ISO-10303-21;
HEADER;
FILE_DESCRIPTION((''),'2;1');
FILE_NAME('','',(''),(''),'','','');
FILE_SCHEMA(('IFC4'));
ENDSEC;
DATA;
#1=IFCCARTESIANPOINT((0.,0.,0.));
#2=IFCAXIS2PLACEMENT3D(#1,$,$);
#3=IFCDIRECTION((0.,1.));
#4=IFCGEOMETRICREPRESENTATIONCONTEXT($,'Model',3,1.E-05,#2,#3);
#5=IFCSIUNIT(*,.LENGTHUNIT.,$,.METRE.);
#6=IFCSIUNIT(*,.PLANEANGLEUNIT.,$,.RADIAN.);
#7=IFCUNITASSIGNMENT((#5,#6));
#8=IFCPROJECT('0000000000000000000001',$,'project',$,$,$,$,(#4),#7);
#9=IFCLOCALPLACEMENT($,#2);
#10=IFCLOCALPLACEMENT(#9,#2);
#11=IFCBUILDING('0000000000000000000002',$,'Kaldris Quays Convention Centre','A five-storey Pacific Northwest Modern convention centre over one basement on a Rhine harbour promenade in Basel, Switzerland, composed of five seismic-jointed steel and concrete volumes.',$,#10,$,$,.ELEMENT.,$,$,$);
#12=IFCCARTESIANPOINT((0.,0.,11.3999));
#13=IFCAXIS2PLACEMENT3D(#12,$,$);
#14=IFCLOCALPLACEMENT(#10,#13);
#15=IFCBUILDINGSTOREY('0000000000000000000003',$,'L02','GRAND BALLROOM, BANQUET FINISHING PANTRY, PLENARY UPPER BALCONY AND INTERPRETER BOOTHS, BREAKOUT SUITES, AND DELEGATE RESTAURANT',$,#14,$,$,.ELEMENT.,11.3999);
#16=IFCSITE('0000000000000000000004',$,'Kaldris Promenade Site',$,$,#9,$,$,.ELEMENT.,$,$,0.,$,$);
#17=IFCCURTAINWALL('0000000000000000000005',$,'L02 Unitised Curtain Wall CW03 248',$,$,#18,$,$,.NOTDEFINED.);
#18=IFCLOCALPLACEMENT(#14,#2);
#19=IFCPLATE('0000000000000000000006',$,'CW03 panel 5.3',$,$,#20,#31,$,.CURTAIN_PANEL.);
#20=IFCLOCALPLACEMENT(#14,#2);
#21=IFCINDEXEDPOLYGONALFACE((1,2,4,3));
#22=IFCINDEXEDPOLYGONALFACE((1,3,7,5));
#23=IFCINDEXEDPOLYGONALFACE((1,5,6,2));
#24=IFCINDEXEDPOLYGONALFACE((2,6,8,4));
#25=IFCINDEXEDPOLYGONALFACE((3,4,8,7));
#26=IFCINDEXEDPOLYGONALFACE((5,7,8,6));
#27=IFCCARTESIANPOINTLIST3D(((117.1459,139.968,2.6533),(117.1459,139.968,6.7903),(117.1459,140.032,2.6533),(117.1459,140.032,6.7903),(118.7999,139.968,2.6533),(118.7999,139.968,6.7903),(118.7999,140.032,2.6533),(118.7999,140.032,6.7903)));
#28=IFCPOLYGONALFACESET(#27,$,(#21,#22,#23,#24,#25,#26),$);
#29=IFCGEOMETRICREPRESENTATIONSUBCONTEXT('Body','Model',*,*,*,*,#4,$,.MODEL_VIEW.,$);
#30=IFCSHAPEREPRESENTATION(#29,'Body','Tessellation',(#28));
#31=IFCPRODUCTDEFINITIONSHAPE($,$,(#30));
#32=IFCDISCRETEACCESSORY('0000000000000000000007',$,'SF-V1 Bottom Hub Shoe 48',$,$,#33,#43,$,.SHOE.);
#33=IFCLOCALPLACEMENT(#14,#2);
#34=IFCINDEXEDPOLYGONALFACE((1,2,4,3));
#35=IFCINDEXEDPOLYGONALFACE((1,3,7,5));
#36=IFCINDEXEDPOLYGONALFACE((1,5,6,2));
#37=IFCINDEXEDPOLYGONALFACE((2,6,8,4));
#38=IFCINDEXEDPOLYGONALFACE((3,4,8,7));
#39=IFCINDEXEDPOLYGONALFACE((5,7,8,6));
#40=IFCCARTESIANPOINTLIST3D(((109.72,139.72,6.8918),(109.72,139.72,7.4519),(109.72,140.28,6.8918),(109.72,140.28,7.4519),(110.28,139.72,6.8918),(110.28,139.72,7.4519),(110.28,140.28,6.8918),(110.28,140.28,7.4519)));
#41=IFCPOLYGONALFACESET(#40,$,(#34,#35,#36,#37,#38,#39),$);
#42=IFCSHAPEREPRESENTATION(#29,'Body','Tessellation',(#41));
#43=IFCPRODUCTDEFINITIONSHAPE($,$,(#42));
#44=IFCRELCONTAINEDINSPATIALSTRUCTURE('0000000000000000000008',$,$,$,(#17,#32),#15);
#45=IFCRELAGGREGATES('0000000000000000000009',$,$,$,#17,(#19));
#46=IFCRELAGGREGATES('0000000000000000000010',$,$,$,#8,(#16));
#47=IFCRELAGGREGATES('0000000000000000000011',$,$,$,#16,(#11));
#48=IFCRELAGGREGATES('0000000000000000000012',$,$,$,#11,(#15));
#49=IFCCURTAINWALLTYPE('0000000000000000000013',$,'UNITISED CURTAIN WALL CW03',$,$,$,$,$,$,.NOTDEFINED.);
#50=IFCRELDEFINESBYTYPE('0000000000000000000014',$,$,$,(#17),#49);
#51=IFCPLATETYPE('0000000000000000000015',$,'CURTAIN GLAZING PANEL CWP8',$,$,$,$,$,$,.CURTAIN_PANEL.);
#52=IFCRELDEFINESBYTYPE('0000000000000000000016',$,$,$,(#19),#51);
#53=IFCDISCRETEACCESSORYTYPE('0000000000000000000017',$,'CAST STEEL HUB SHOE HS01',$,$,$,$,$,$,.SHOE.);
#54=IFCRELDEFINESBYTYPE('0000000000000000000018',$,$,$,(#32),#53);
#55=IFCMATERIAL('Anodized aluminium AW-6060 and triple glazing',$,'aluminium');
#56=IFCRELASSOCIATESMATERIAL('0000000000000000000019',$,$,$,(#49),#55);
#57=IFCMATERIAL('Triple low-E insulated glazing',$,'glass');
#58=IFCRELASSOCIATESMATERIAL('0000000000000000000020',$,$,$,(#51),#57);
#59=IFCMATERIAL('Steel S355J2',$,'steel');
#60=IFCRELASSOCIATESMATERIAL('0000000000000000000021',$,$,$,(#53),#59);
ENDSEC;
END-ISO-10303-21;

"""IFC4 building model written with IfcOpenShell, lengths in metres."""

from ifc_helpers import new_model, si_unit, direction, frame, origin, origin_2d, place, context, subcontext, project, spatial, rectangle, extrude, material, type_object, element, aggregate, save


model = new_model("IFC4")

# Units and contexts
model_context = context("Model", 3, precision=1e-05, world=origin(), true_north=direction((0.0, 1.0)))
body_context = subcontext(model_context, "Body", "Model", "MODEL_VIEW")
ifc_project = project(units=[si_unit("LENGTHUNIT", "METRE"), si_unit("PLANEANGLEUNIT", "RADIAN")], contexts=[model_context])

# Site, building, storey
site_placement = place(None, origin())
site = spatial("IfcSite", under=ifc_project, at=site_placement, Name="Kaldris Promenade Site", CompositionType="ELEMENT", RefElevation=0.0)
building_placement = place(site_placement, origin())
building = spatial("IfcBuilding", under=site, at=building_placement, Name="Kaldris Quays Convention Centre", Description="A five-storey Pacific Northwest Modern convention centre over one basement on a Rhine harbour promenade in Basel, Switzerland, composed of five seismic-jointed steel and concrete volumes.", CompositionType="ELEMENT")
storey_placement = place(building_placement, frame((0.0, 0.0, 11.3999)))
storey = spatial("IfcBuildingStorey", under=building, at=storey_placement, Name="L02", Description="GRAND BALLROOM, BANQUET FINISHING PANTRY, PLENARY UPPER BALCONY AND INTERPRETER BOOTHS, BREAKOUT SUITES, AND DELEGATE RESTAURANT", CompositionType="ELEMENT", Elevation=11.3999)

# Shared definitions
ifc_material_1 = material(Name="Anodized aluminium AW-6060 and triple glazing", Category="aluminium")
curtain_wall_type = type_object("IfcCurtainWallType", Name="UNITISED CURTAIN WALL CW03", PredefinedType="NOTDEFINED", material=ifc_material_1)

# Curtain wall
curtain_wall_1_placement = place(storey_placement, origin())
curtain_wall_1 = element("IfcCurtainWall", 1, at=curtain_wall_1_placement, inside=storey, type_object=curtain_wall_type, Name="L02 Unitised Curtain Wall CW03 248", PredefinedType="NOTDEFINED")

# Plate
ifc_material_2 = material(Name="Triple low-E insulated glazing", Category="glass")
plate_type_1 = type_object("IfcPlateType", Name="CURTAIN GLAZING PANEL CWP8", PredefinedType="CURTAIN_PANEL", material=ifc_material_2)
plate_1_placement = place(storey_placement, frame((117.9729, 140.0, 2.6533), z_axis=(0.0, 0.0, 1.0), x_axis=(1.0, 0.0, 0.0)))
plate_1 = element("IfcPlate", 2, at=plate_1_placement, type_object=plate_type_1, Name="CW03 panel 5.3", PredefinedType="CURTAIN_PANEL", context=body_context, shape_type="SweptSolid", body=[
    extrude(rectangle(XDim=1.6541, YDim=0.064, at=origin_2d()), origin(), (0.0, 0.0, 1.0), 4.137),
])
aggregate(curtain_wall_1, [plate_1])

# Discrete accessory
ifc_material_3 = material(Name="Steel S355J2", Category="steel")
discrete_accessory_type = type_object("IfcDiscreteAccessoryType", Name="CAST STEEL HUB SHOE HS01", PredefinedType="SHOE", material=ifc_material_3)
discrete_accessory_placement = place(storey_placement, frame((110.0, 140.0, 6.8918), z_axis=(0.0, 0.0, 1.0), x_axis=(1.0, 0.0, 0.0)))
element("IfcDiscreteAccessory", 3, at=discrete_accessory_placement, inside=storey, type_object=discrete_accessory_type, Name="SF-V1 Bottom Hub Shoe 48", PredefinedType="SHOE", context=body_context, shape_type="SweptSolid", body=[
    extrude(rectangle(XDim=0.5601, YDim=0.5601, at=origin_2d()), origin(), (0.0, 0.0, 1.0), 0.5601),
])

save(model, "model.ifc")
